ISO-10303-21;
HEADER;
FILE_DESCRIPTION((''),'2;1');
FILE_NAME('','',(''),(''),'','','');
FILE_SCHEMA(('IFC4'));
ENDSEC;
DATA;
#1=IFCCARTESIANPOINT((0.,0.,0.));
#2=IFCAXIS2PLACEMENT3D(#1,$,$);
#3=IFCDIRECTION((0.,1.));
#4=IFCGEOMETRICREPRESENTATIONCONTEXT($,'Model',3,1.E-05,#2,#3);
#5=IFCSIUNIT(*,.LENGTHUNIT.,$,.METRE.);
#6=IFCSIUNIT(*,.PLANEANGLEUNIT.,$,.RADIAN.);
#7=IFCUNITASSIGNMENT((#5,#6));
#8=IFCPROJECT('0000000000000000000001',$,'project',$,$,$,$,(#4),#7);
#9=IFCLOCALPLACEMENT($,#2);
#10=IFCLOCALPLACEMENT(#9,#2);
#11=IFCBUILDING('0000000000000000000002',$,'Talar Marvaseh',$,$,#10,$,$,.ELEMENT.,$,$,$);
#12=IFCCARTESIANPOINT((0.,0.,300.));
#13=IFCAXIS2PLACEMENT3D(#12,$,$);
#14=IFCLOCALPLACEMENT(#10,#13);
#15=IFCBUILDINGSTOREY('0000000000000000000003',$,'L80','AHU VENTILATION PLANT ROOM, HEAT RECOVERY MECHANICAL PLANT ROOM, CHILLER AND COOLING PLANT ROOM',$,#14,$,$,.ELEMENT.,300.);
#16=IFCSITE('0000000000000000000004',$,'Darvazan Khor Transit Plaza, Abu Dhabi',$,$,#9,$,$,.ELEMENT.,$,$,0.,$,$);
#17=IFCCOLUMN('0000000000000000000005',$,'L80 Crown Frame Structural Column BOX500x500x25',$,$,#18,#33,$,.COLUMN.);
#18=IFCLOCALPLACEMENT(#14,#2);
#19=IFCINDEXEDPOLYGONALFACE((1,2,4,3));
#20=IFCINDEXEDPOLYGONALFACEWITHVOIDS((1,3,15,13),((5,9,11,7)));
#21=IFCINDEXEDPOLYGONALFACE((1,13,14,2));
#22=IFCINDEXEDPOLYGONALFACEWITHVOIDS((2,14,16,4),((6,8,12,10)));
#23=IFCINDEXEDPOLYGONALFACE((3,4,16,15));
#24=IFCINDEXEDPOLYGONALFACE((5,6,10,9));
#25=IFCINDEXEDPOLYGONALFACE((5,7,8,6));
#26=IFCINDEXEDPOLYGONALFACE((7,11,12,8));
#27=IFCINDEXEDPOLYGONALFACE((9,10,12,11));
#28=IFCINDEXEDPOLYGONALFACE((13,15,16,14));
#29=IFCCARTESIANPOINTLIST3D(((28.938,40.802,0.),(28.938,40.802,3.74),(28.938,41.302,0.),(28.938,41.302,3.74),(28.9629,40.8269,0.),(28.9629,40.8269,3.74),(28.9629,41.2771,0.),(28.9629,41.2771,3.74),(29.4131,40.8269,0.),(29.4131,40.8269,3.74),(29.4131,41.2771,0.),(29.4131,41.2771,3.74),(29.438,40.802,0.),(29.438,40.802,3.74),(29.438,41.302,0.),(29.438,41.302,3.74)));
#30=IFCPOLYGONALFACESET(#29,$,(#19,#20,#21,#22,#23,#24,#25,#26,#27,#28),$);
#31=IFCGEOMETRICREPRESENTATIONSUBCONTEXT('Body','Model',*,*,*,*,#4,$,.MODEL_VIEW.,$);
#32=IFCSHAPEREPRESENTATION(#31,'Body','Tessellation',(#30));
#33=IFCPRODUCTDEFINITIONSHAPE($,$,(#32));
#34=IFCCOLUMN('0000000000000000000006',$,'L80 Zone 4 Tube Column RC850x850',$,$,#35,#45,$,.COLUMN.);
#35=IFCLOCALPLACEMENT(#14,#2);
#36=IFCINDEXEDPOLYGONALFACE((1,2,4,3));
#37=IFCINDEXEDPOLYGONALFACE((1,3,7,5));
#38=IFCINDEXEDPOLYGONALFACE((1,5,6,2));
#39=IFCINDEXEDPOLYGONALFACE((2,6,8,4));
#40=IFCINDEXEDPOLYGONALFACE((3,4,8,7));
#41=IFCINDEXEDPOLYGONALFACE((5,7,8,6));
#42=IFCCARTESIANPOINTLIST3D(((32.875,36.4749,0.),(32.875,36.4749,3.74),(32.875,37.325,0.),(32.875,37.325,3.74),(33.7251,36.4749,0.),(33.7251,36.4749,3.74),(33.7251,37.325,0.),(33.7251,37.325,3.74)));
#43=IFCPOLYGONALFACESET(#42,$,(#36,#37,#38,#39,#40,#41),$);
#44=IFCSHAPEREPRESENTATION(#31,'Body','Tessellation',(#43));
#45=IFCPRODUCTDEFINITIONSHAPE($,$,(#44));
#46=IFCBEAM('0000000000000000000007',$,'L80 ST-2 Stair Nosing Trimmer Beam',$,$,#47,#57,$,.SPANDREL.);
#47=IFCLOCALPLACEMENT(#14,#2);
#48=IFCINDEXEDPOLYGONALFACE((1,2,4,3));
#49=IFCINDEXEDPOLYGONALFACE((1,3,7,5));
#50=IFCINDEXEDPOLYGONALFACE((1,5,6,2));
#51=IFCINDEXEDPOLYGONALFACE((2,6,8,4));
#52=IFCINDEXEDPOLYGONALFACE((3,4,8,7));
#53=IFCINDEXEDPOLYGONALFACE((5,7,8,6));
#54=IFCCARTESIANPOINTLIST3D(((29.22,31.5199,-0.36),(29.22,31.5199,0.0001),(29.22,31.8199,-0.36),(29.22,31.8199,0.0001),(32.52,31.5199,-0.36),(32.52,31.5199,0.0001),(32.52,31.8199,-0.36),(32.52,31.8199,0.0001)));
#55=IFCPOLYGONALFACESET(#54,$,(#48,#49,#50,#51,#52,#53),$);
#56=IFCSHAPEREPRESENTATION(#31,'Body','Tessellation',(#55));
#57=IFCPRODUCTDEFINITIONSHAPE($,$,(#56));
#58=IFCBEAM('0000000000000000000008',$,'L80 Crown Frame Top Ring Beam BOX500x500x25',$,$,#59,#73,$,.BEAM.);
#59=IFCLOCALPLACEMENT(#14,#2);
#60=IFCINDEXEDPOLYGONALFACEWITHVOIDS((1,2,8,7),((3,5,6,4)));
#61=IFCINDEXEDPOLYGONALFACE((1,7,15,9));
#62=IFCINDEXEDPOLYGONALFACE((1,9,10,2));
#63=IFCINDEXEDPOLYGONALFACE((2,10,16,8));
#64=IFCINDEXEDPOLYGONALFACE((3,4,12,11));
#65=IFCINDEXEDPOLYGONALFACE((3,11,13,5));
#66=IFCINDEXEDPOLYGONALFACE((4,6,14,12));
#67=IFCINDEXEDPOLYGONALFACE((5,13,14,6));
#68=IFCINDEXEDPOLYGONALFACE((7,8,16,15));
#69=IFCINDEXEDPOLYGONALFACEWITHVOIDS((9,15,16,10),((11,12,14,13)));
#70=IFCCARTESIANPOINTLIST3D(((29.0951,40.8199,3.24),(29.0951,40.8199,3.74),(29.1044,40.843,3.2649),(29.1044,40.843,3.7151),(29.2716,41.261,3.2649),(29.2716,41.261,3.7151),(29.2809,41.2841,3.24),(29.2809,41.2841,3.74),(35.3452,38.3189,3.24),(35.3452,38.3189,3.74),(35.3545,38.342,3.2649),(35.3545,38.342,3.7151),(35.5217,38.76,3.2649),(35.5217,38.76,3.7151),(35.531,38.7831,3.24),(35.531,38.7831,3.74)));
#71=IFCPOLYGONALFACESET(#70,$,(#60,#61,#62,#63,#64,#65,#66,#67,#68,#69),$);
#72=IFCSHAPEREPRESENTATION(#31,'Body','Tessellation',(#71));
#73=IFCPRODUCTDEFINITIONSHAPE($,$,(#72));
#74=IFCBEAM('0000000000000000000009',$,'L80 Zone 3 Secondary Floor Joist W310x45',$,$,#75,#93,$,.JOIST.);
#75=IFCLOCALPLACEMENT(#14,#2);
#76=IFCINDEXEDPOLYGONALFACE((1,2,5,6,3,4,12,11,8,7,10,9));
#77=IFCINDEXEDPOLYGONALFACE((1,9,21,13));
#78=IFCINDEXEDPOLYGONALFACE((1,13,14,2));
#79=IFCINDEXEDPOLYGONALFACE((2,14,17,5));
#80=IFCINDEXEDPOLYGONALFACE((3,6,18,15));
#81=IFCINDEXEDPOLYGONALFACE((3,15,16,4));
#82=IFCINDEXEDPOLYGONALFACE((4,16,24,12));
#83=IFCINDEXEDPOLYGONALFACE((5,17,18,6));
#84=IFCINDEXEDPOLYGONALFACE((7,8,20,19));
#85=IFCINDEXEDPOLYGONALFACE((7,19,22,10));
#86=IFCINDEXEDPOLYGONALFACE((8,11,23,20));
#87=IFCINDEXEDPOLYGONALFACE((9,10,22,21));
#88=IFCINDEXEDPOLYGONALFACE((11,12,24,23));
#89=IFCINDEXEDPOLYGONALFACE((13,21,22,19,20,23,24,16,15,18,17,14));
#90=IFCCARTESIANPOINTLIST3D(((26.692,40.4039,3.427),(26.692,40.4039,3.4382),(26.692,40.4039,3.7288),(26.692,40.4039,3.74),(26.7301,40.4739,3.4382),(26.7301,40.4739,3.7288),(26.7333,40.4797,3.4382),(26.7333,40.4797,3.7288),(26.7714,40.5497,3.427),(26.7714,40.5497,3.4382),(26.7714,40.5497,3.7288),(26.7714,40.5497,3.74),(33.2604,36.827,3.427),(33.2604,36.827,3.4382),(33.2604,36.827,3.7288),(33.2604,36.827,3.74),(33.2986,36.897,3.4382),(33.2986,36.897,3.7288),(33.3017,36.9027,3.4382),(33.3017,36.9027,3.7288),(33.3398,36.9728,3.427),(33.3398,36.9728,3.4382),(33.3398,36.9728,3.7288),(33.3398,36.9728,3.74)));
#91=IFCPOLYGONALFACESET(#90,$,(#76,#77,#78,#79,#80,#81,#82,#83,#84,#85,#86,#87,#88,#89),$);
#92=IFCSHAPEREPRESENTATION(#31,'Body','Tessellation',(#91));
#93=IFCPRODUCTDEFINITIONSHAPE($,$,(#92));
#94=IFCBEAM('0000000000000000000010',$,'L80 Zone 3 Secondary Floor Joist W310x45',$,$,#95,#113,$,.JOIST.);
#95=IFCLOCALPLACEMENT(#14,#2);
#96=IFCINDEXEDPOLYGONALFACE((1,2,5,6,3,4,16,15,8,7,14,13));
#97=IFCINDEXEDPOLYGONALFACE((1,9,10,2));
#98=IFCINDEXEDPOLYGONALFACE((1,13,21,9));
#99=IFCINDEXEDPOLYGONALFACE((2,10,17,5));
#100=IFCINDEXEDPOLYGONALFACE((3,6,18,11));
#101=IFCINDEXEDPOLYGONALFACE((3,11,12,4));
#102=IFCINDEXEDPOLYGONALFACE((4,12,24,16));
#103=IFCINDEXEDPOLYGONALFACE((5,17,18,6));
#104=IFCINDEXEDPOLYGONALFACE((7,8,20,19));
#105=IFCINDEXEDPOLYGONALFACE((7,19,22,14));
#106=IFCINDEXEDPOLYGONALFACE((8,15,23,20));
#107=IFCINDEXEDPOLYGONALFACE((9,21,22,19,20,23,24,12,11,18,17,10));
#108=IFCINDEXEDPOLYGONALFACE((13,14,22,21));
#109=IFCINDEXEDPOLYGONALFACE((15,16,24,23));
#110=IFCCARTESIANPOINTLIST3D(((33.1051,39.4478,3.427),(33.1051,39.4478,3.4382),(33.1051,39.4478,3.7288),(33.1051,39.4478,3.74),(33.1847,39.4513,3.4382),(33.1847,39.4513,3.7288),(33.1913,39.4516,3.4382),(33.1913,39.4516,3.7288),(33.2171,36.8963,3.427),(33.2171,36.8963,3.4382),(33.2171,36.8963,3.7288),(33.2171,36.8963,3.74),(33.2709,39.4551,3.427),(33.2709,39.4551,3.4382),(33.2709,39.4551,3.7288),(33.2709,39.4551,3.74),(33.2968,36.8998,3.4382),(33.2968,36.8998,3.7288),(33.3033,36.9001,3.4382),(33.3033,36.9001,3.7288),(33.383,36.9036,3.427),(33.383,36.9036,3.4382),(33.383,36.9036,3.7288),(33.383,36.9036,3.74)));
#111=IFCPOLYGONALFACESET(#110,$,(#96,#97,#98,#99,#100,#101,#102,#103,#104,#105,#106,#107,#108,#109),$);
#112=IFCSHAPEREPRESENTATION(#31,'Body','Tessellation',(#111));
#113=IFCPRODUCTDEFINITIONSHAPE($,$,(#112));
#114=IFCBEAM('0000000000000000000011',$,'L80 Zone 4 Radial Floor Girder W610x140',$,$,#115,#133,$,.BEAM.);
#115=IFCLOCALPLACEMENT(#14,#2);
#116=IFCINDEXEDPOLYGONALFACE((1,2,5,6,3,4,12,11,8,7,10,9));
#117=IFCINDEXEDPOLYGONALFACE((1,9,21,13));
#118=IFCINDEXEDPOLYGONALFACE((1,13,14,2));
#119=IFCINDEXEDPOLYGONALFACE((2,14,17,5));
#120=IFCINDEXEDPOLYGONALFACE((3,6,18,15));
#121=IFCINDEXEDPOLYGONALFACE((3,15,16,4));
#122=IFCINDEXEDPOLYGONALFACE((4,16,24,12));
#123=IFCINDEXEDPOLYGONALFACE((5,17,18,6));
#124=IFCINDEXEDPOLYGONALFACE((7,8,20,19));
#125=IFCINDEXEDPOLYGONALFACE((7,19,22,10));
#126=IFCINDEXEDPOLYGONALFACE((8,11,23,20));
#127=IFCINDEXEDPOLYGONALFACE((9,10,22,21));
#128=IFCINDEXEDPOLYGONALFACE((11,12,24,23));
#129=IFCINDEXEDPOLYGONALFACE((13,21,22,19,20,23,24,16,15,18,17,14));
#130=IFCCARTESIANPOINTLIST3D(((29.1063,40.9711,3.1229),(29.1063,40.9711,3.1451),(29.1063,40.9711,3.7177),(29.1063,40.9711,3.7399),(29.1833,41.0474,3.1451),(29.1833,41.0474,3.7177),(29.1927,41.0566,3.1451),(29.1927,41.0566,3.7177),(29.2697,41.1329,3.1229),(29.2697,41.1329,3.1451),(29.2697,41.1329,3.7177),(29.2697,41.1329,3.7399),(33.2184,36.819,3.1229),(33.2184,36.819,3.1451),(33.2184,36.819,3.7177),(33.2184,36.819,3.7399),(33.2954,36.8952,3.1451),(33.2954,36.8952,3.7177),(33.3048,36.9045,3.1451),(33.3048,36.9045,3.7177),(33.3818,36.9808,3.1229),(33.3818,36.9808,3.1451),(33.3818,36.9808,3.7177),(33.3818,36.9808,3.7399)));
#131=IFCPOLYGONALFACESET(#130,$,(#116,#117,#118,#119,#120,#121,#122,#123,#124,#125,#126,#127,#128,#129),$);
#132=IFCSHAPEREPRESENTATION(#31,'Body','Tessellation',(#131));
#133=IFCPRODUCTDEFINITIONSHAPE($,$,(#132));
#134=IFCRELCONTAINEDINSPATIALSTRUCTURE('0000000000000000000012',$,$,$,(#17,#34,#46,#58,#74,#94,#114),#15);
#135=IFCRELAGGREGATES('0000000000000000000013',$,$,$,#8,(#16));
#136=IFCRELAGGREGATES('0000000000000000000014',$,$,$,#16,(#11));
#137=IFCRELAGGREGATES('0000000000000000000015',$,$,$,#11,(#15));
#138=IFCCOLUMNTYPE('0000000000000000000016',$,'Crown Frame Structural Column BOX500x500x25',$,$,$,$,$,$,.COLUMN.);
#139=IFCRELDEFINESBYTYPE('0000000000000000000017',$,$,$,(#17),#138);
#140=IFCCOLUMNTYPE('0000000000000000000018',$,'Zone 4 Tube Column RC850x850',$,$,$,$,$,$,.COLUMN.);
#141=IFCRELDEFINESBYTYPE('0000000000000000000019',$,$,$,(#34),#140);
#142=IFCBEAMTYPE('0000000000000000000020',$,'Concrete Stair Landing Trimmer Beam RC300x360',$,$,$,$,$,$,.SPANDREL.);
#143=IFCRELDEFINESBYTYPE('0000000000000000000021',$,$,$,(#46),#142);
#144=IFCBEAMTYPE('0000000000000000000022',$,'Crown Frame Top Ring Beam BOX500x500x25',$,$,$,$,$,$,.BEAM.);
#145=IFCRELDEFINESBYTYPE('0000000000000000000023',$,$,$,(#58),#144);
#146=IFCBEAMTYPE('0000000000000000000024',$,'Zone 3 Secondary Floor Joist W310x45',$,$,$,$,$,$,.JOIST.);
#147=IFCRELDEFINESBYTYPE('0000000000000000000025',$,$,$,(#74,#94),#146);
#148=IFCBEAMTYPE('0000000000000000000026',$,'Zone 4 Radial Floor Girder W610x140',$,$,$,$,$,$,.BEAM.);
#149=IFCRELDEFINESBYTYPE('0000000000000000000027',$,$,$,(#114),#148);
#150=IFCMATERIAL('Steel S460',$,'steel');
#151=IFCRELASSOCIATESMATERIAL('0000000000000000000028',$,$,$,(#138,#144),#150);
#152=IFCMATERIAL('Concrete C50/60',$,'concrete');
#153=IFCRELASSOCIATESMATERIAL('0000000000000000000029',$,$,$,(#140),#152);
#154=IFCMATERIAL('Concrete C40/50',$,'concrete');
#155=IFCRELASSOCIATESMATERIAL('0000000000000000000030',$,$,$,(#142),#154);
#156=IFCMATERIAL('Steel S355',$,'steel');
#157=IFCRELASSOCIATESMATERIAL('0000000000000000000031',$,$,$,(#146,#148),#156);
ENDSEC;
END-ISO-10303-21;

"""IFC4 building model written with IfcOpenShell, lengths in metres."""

from ifc_helpers import new_model, si_unit, direction, frame, origin, origin_2d, place, context, subcontext, project, spatial, rectangle, hollow_rectangle, i_section, extrude, material, material_profile, profile_set, type_object, element, save


model = new_model("IFC4")

# Units and contexts
model_context = context("Model", 3, precision=1e-05, world=origin(), true_north=direction((0.0, 1.0)))
body_context = subcontext(model_context, "Body", "Model", "MODEL_VIEW")
ifc_project = project(units=[si_unit("LENGTHUNIT", "METRE"), si_unit("PLANEANGLEUNIT", "RADIAN")], contexts=[model_context])

# Site, building, storey
site_placement = place(None, origin())
site = spatial("IfcSite", under=ifc_project, at=site_placement, Name="Darvazan Khor Transit Plaza, Abu Dhabi", CompositionType="ELEMENT", RefElevation=0.0)
building_placement = place(site_placement, origin())
building = spatial("IfcBuilding", under=site, at=building_placement, Name="Talar Marvaseh", CompositionType="ELEMENT")
storey_placement = place(building_placement, frame((0.0, 0.0, 300.0)))
storey = spatial("IfcBuildingStorey", under=building, at=storey_placement, Name="L80", Description="AHU VENTILATION PLANT ROOM, HEAT RECOVERY MECHANICAL PLANT ROOM, CHILLER AND COOLING PLANT ROOM", CompositionType="ELEMENT", Elevation=300.0)

# Columns
ifc_material_1 = material(Name="Steel S460", Category="steel")
ifc_material_profile_1 = material_profile(ifc_material_1, hollow_rectangle(XDim=0.5, YDim=0.5, WallThickness=0.0249, at=origin_2d()), Name="BOX500x500x25")
ifc_profile_set_1 = profile_set([ifc_material_profile_1], Name="Steel S460")
column_type_1 = type_object("IfcColumnType", Name="Crown Frame Structural Column BOX500x500x25", PredefinedType="COLUMN", material=ifc_profile_set_1)
column_1_placement = place(storey_placement, frame((29.188, 41.052, 0.0), z_axis=(0.0, 0.0, 1.0), x_axis=(1.0, 0.0, 0.0)))
element("IfcColumn", 1, at=column_1_placement, inside=storey, type_object=column_type_1, Name="L80 Crown Frame Structural Column BOX500x500x25", PredefinedType="COLUMN", context=body_context, shape_type="SweptSolid", body=[
    extrude(hollow_rectangle(XDim=0.5, YDim=0.5, WallThickness=0.0249, at=origin_2d()), origin(), (0.0, 0.0, 1.0), 3.74),
])
ifc_material_2 = material(Name="Concrete C50/60", Category="concrete")
ifc_material_profile_2 = material_profile(ifc_material_2, rectangle(XDim=0.8501, YDim=0.8501, at=origin_2d()), Name="RC850x850")
ifc_profile_set_2 = profile_set([ifc_material_profile_2], Name="Concrete C50/60")
column_type_2 = type_object("IfcColumnType", Name="Zone 4 Tube Column RC850x850", PredefinedType="COLUMN", material=ifc_profile_set_2)
column_2_placement = place(storey_placement, frame((33.3, 36.8999, 0.0), z_axis=(0.0, 0.0, 1.0), x_axis=(1.0, 0.0, 0.0)))
element("IfcColumn", 2, at=column_2_placement, inside=storey, type_object=column_type_2, Name="L80 Zone 4 Tube Column RC850x850", PredefinedType="COLUMN", context=body_context, shape_type="SweptSolid", body=[
    extrude(rectangle(XDim=0.8501, YDim=0.8501, at=origin_2d()), origin(), (0.0, 0.0, 1.0), 3.74),
])

# Beams
ifc_material_3 = material(Name="Concrete C40/50", Category="concrete")
ifc_material_profile_3 = material_profile(ifc_material_3, rectangle(XDim=0.3, YDim=0.3601, at=origin_2d()), Name="RC300x360")
ifc_profile_set_3 = profile_set([ifc_material_profile_3], Name="Concrete C40/50")
beam_type_1 = type_object("IfcBeamType", Name="Concrete Stair Landing Trimmer Beam RC300x360", PredefinedType="SPANDREL", material=ifc_profile_set_3)
beam_1_placement = place(storey_placement, frame((29.22, 31.6699, -0.1799), z_axis=(1.0, 0.0, 0.0), x_axis=(0.0, 1.0, 0.0)))
element("IfcBeam", 3, at=beam_1_placement, inside=storey, type_object=beam_type_1, Name="L80 ST-2 Stair Nosing Trimmer Beam", PredefinedType="SPANDREL", context=body_context, shape_type="SweptSolid", body=[
    extrude(rectangle(XDim=0.3, YDim=0.3601, at=origin_2d()), origin(), (0.0, 0.0, 1.0), 3.3),
])
ifc_material_profile_4 = material_profile(ifc_material_1, hollow_rectangle(XDim=0.5, YDim=0.5, WallThickness=0.0249, at=origin_2d()), Name="BOX500x500x25")
ifc_profile_set_4 = profile_set([ifc_material_profile_4], Name="Steel S460")
beam_type_2 = type_object("IfcBeamType", Name="Crown Frame Top Ring Beam BOX500x500x25", PredefinedType="BEAM", material=ifc_profile_set_4)
beam_2_placement = place(storey_placement, frame((29.188, 41.052, 3.49), z_axis=(0.928427, -0.371516, 0.0), x_axis=(0.371516, 0.928427, 0.0)))
element("IfcBeam", 4, at=beam_2_placement, inside=storey, type_object=beam_type_2, Name="L80 Crown Frame Top Ring Beam BOX500x500x25", PredefinedType="BEAM", context=body_context, shape_type="SweptSolid", body=[
    extrude(hollow_rectangle(XDim=0.5, YDim=0.5, WallThickness=0.0249, at=origin_2d()), origin(), (0.0, 0.0, 1.0), 6.7319),
])
ifc_material_4 = material(Name="Steel S355", Category="steel")
ifc_material_profile_5 = material_profile(ifc_material_4, i_section(OverallWidth=0.166, OverallDepth=0.313, WebThickness=0.0066, FlangeThickness=0.0112, at=origin_2d()), Name="W310x45")
ifc_profile_set_5 = profile_set([ifc_material_profile_5], Name="Steel S355")
beam_type_3 = type_object("IfcBeamType", Name="Zone 3 Secondary Floor Joist W310x45", PredefinedType="JOIST", material=ifc_profile_set_5)
beam_3_placement = place(storey_placement, frame((26.7317, 40.4768, 3.5835), z_axis=(0.878223, -0.478251, 0.0), x_axis=(0.478251, 0.878223, 0.0)))
element("IfcBeam", 5, at=beam_3_placement, inside=storey, type_object=beam_type_3, Name="L80 Zone 3 Secondary Floor Joist W310x45", PredefinedType="JOIST", context=body_context, shape_type="SweptSolid", body=[
    extrude(i_section(OverallWidth=0.166, OverallDepth=0.313, WebThickness=0.0066, FlangeThickness=0.0112, at=origin_2d()), origin(), (0.0, 0.0, 1.0), 7.4792),
])
beam_4_placement = place(storey_placement, frame((33.188, 39.4514, 3.5835), z_axis=(0.043877, -0.999037, 0.0), x_axis=(0.999037, 0.043877, 0.0)))
element("IfcBeam", 6, at=beam_4_placement, inside=storey, type_object=beam_type_3, Name="L80 Zone 3 Secondary Floor Joist W310x45", PredefinedType="JOIST", context=body_context, shape_type="SweptSolid", body=[
    extrude(i_section(OverallWidth=0.166, OverallDepth=0.313, WebThickness=0.0066, FlangeThickness=0.0112, at=origin_2d()), origin(), (0.0, 0.0, 1.0), 2.554),
])
ifc_material_profile_6 = material_profile(ifc_material_4, i_section(OverallWidth=0.23, OverallDepth=0.6169, WebThickness=0.0132, FlangeThickness=0.0222, at=origin_2d()), Name="W610x140")
ifc_profile_set_6 = profile_set([ifc_material_profile_6], Name="Steel S355")
beam_type_4 = type_object("IfcBeamType", Name="Zone 4 Radial Floor Girder W610x140", PredefinedType="BEAM", material=ifc_profile_set_6)
beam_5_placement = place(storey_placement, frame((29.188, 41.052, 3.4314), z_axis=(0.703673, -0.710524, 0.0), x_axis=(0.710524, 0.703673, 0.0)))
element("IfcBeam", 7, at=beam_5_placement, inside=storey, type_object=beam_type_4, Name="L80 Zone 4 Radial Floor Girder W610x140", PredefinedType="BEAM", context=body_context, shape_type="SweptSolid", body=[
    extrude(i_section(OverallWidth=0.23, OverallDepth=0.6169, WebThickness=0.0132, FlangeThickness=0.0222, at=origin_2d()), origin(), (0.0, 0.0, 1.0), 5.8438),
])

save(model, "model.ifc")
